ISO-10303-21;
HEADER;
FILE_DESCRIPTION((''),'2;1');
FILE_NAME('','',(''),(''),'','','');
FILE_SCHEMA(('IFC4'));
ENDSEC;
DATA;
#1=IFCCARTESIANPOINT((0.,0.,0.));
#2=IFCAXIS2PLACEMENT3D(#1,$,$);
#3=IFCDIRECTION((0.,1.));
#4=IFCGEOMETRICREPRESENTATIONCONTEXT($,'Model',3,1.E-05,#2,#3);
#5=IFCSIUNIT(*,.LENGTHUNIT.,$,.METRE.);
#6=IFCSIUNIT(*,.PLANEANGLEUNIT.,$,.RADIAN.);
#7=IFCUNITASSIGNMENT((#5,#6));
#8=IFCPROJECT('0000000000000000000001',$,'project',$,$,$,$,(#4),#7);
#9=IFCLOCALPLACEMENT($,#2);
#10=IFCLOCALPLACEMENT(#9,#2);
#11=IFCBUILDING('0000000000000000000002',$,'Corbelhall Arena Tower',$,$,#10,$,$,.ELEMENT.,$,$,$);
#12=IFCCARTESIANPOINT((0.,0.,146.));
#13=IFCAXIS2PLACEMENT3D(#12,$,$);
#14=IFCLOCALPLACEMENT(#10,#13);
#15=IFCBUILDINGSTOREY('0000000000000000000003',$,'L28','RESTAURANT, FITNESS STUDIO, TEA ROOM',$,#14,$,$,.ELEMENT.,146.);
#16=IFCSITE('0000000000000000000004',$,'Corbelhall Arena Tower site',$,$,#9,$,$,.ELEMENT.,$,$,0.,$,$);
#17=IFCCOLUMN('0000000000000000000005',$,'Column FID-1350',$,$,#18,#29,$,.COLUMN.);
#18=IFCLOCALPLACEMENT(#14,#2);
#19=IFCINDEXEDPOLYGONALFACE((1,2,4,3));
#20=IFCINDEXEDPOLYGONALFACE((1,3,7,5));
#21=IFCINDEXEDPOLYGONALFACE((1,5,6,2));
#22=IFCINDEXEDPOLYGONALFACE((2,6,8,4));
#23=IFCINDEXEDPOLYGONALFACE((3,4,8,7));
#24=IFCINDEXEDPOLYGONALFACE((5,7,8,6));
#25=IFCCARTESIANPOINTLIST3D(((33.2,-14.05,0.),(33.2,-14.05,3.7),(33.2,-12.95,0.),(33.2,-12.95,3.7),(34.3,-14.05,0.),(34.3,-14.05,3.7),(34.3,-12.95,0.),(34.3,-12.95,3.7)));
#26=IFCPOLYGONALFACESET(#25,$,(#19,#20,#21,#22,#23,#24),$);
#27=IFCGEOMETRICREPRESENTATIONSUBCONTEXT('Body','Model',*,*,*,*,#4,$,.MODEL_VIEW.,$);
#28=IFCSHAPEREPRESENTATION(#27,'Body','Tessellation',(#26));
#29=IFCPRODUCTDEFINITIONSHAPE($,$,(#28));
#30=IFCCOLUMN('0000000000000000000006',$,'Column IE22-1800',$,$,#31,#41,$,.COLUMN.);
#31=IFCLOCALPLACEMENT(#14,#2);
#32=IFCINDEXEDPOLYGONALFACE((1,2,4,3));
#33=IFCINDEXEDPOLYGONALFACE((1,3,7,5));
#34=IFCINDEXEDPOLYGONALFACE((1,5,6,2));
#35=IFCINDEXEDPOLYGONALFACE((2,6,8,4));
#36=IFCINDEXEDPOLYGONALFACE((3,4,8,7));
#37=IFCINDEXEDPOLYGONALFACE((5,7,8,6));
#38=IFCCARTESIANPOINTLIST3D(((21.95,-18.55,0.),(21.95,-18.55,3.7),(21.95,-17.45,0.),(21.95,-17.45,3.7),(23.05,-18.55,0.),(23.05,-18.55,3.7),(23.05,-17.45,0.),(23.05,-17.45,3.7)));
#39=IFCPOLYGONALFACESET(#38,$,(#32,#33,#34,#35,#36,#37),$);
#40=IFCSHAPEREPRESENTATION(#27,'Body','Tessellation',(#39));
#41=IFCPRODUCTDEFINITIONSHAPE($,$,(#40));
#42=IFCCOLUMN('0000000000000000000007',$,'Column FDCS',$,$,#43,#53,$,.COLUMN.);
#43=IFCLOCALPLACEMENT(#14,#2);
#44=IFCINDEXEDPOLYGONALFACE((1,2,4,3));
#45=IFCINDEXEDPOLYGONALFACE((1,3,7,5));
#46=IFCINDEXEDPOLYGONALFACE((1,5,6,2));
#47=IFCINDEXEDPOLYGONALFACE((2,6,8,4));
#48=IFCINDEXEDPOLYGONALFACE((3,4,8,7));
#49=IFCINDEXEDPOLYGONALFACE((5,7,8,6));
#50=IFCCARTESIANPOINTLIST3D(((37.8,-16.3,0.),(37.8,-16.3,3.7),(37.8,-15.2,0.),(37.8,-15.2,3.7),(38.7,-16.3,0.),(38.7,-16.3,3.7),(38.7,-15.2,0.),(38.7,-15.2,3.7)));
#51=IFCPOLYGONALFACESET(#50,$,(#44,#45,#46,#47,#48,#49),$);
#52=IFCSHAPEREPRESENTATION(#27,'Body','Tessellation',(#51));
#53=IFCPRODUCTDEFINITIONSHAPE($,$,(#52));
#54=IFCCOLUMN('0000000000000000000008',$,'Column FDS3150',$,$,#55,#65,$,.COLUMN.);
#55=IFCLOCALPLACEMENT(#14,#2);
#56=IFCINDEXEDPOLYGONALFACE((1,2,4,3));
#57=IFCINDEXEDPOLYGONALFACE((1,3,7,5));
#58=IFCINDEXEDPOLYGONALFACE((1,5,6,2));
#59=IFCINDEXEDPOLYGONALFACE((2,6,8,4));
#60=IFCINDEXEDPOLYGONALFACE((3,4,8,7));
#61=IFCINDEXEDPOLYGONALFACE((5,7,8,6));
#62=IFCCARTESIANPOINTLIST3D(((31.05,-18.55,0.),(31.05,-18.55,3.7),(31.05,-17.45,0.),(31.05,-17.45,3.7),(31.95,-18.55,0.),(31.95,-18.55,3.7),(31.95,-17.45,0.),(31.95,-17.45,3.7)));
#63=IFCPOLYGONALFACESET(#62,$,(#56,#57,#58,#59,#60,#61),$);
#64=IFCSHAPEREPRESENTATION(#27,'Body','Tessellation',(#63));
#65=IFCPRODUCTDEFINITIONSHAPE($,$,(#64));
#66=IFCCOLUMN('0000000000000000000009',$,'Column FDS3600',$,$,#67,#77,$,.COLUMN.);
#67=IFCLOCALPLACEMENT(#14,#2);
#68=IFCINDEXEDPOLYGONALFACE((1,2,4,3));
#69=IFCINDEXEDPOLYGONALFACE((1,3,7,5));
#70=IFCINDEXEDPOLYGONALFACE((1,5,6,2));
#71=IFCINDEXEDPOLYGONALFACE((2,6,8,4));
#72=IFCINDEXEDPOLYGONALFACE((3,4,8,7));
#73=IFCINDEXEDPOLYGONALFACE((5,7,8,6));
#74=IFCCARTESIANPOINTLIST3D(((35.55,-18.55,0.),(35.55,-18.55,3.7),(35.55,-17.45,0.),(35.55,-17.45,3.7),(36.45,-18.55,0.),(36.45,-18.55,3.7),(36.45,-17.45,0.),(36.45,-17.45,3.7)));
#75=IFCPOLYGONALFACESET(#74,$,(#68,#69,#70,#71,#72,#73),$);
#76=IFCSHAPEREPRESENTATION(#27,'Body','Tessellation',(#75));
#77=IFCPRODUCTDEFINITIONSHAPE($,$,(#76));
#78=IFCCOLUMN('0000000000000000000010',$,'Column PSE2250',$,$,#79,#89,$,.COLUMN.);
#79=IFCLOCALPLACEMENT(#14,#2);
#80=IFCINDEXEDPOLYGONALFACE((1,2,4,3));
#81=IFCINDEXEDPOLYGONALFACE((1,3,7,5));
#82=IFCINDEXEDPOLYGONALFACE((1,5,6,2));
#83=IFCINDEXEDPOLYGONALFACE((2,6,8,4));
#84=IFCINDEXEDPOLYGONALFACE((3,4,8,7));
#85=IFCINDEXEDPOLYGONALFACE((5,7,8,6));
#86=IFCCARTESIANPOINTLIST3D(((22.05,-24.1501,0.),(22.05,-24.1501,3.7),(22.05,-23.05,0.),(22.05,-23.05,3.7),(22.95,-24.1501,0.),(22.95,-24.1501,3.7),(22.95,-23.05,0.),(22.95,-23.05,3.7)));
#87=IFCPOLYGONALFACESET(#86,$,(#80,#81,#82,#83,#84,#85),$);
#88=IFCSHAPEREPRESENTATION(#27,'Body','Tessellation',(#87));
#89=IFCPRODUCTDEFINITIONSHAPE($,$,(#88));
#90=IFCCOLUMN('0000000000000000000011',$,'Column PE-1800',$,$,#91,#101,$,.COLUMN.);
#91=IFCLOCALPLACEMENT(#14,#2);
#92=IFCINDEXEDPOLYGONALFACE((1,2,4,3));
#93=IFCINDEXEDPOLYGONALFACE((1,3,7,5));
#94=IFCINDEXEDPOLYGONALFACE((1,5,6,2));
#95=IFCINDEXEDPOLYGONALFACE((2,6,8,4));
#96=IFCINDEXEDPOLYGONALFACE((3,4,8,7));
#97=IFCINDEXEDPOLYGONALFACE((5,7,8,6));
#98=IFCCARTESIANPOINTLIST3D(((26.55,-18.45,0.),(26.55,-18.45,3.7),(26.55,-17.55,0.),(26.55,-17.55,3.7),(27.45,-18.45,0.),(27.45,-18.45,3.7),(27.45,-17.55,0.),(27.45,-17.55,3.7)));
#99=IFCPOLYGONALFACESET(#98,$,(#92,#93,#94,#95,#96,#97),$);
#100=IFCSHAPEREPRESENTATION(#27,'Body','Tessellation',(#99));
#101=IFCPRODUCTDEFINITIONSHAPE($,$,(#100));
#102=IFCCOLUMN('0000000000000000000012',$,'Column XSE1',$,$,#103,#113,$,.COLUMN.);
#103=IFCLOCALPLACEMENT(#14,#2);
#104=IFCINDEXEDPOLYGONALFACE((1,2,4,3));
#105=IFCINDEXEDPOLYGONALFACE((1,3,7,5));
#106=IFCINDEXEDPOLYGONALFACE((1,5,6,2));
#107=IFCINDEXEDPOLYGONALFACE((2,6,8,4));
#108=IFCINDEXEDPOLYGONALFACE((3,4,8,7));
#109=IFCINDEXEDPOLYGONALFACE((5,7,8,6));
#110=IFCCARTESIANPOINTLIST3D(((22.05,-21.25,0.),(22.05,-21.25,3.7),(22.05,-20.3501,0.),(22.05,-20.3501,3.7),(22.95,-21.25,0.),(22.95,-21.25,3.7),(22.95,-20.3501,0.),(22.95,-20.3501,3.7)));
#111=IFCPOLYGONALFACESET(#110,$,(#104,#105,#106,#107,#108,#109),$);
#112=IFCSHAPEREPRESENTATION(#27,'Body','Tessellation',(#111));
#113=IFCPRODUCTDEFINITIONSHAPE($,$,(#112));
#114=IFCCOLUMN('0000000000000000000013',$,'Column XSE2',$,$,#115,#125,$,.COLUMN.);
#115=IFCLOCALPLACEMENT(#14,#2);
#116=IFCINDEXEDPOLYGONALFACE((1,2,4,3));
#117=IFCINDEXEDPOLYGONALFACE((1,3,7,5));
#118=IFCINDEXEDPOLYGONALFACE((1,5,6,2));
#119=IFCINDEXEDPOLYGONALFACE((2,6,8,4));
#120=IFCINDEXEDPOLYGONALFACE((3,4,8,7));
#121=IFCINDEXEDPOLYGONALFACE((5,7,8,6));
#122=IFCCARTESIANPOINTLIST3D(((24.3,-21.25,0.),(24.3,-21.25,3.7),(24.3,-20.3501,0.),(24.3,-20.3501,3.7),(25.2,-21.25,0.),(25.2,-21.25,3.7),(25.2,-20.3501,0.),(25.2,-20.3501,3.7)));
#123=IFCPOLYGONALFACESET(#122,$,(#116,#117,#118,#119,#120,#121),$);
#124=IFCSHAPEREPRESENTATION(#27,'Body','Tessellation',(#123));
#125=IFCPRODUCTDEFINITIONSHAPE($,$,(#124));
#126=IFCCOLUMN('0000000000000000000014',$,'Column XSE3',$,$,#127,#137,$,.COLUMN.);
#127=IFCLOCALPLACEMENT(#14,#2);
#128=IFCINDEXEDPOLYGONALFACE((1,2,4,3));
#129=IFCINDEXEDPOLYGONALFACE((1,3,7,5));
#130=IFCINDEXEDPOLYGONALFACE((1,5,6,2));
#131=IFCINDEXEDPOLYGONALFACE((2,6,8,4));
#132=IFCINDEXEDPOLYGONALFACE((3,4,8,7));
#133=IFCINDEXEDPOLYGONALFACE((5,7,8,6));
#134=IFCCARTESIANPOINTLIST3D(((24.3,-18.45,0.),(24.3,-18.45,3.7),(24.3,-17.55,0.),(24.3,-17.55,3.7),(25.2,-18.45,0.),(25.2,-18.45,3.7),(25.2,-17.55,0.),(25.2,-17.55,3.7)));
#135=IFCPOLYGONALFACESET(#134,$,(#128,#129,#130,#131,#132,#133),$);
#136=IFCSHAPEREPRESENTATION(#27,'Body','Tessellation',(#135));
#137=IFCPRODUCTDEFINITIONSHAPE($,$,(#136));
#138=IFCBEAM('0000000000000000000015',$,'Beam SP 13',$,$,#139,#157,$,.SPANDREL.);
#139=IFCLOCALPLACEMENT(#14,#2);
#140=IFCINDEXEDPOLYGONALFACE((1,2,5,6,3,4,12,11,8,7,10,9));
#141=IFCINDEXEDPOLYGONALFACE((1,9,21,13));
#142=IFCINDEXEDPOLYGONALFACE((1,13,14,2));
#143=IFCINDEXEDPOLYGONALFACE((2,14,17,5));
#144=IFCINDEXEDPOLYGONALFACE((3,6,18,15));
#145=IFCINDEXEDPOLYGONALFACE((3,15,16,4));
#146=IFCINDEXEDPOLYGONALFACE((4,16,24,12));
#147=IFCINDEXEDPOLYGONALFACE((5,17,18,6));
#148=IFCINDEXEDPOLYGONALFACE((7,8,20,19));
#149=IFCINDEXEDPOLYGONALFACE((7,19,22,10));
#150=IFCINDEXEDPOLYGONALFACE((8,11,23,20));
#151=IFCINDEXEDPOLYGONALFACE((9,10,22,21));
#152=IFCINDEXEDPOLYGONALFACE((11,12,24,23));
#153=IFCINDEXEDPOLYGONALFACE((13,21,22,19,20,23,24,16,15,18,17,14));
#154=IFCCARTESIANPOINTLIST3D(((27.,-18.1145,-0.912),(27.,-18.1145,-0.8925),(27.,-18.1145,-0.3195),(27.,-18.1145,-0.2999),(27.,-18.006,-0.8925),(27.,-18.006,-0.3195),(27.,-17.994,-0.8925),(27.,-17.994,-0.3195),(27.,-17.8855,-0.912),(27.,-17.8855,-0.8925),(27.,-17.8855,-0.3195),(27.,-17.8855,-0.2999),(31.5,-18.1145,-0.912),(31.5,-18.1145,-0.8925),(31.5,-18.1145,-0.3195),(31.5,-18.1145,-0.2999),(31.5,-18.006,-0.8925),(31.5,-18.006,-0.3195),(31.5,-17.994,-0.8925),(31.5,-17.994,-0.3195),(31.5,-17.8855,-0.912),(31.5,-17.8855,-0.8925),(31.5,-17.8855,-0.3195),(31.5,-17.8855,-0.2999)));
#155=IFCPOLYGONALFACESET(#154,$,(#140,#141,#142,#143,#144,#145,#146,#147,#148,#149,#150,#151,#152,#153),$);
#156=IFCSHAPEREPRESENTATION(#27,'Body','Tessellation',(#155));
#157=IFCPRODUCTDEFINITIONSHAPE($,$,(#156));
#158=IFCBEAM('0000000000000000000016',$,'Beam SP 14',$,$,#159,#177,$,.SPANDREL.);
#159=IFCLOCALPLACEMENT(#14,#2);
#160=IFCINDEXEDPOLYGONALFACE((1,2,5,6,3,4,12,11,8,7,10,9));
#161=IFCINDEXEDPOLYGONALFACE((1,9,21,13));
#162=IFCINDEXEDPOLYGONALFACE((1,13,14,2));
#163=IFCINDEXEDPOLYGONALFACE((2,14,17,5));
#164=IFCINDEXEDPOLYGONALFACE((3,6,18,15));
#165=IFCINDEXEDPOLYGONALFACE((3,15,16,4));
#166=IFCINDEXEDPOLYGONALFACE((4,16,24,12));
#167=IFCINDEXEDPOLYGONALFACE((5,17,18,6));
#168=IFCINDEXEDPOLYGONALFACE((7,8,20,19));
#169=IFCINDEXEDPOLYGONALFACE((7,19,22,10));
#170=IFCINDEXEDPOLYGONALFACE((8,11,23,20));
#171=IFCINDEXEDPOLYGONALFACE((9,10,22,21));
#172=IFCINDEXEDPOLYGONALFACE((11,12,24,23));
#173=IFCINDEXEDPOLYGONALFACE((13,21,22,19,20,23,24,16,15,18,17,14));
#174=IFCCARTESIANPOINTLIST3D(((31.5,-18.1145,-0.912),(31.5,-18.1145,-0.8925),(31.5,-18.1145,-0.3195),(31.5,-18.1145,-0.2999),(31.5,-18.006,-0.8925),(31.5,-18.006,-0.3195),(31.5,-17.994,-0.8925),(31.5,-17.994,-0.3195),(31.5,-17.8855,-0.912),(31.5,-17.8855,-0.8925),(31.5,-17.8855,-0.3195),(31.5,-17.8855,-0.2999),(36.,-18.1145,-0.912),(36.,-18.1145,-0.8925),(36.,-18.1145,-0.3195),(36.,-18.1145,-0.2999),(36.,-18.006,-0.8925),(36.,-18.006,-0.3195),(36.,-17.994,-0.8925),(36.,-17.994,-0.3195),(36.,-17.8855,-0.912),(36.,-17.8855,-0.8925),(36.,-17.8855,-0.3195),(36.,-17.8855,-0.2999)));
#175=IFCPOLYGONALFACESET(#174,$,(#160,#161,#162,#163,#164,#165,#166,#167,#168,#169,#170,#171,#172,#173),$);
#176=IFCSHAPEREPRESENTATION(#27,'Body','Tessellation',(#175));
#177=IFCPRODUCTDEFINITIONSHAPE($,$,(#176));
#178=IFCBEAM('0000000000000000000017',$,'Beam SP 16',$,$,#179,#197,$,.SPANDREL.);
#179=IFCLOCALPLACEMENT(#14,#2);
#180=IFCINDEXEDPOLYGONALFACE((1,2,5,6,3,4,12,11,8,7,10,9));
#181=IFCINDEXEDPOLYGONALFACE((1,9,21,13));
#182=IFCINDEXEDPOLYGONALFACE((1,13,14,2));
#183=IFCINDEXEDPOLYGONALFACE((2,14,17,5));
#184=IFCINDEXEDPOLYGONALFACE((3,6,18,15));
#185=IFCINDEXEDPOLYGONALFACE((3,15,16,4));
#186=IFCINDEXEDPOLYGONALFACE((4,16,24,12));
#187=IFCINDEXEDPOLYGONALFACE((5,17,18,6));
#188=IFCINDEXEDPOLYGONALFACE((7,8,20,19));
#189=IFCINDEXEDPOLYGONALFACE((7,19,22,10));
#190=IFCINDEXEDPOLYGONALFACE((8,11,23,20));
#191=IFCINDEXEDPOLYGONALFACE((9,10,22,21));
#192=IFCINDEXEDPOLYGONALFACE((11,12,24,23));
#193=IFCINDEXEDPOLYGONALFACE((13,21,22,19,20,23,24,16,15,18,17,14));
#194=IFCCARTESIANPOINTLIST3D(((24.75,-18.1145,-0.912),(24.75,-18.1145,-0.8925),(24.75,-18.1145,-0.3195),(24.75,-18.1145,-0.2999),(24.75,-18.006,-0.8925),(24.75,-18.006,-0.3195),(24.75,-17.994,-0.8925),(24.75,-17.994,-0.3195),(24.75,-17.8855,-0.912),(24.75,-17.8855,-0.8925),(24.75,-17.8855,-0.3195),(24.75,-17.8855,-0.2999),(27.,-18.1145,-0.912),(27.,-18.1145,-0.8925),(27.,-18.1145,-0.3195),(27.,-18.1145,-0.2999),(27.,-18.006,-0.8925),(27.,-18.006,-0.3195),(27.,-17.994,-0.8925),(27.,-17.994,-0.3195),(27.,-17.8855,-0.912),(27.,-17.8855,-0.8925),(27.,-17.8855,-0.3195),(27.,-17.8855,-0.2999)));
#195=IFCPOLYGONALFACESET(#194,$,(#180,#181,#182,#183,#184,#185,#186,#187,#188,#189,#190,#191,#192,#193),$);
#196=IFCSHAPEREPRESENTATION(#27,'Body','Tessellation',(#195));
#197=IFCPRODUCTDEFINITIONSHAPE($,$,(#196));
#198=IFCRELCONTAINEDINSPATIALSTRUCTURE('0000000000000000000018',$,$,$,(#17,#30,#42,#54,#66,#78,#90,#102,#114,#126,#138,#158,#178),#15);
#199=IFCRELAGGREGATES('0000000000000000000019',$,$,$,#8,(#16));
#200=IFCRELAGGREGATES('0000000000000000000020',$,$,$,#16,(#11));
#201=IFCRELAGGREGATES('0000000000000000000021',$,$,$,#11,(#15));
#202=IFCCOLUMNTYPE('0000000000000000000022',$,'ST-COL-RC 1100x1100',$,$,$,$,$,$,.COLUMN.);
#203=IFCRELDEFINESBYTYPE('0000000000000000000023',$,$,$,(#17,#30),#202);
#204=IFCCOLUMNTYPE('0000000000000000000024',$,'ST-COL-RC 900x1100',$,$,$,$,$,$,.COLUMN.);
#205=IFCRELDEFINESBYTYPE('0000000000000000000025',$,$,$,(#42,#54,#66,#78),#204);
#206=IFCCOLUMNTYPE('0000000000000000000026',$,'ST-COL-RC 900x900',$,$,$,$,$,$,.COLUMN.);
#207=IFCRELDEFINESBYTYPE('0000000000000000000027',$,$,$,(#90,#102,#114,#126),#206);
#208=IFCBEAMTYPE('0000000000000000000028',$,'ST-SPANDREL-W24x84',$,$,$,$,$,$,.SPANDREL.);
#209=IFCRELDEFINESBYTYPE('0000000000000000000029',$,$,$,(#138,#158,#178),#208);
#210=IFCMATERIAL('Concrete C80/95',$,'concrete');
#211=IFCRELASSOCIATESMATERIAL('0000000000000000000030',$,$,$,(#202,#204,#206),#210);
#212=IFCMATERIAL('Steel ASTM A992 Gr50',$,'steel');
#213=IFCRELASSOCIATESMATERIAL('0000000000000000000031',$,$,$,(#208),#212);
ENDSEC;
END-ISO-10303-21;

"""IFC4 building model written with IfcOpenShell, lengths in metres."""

from ifc_helpers import new_model, si_unit, direction, frame, origin, origin_2d, place, context, subcontext, project, spatial, rectangle, i_section, extrude, material, material_profile, profile_set, type_object, element, save


model = new_model("IFC4")

# Units and contexts
model_context = context("Model", 3, precision=1e-05, world=origin(), true_north=direction((0.0, 1.0)))
body_context = subcontext(model_context, "Body", "Model", "MODEL_VIEW")
ifc_project = project(units=[si_unit("LENGTHUNIT", "METRE"), si_unit("PLANEANGLEUNIT", "RADIAN")], contexts=[model_context])

# Site, building, storey
site_placement = place(None, origin())
site = spatial("IfcSite", under=ifc_project, at=site_placement, Name="Corbelhall Arena Tower site", CompositionType="ELEMENT", RefElevation=0.0)
building_placement = place(site_placement, origin())
building = spatial("IfcBuilding", under=site, at=building_placement, Name="Corbelhall Arena Tower", CompositionType="ELEMENT")
storey_placement = place(building_placement, frame((0.0, 0.0, 146.0)))
storey = spatial("IfcBuildingStorey", under=building, at=storey_placement, Name="L28", Description="RESTAURANT, FITNESS STUDIO, TEA ROOM", CompositionType="ELEMENT", Elevation=146.0)

# Columns
ifc_material_1 = material(Name="Concrete C80/95", Category="concrete")
ifc_material_profile_1 = material_profile(ifc_material_1, rectangle(XDim=1.1001, YDim=1.1001, at=origin_2d()))
ifc_profile_set_1 = profile_set([ifc_material_profile_1], Name="Concrete C80/95")
column_type_1 = type_object("IfcColumnType", Name="ST-COL-RC 1100x1100", PredefinedType="COLUMN", material=ifc_profile_set_1)
for number, where, z_axis, x_axis, name in (
    (1, (33.75, -13.5, 0.0), (0.0, 0.0, 1.0), (1.0, 0.0, 0.0), "Column FID-1350"),
    (2, (22.5, -18.0, 0.0), (0.0, 0.0, 1.0), (1.0, 0.0, 0.0), "Column IE22-1800"),
):
    element("IfcColumn", number, at=place(storey_placement, frame(where, z_axis=z_axis, x_axis=x_axis)), inside=storey, type_object=column_type_1, Name=name, PredefinedType="COLUMN", context=body_context, shape_type="SweptSolid", body=[
        extrude(rectangle(XDim=1.1001, YDim=1.1001, at=origin_2d()), origin(), (0.0, 0.0, 1.0), 3.7),
    ])
ifc_material_profile_2 = material_profile(ifc_material_1, rectangle(XDim=0.8999, YDim=1.1001, at=origin_2d()))
ifc_profile_set_2 = profile_set([ifc_material_profile_2], Name="Concrete C80/95")
column_type_2 = type_object("IfcColumnType", Name="ST-COL-RC 900x1100", PredefinedType="COLUMN", material=ifc_profile_set_2)
for number, where, z_axis, x_axis, name in (
    (3, (38.25, -15.75, 0.0), (0.0, 0.0, 1.0), (1.0, 0.0, 0.0), "Column FDCS"),
    (4, (31.5, -18.0, 0.0), (0.0, 0.0, 1.0), (1.0, 0.0, 0.0), "Column FDS3150"),
    (5, (36.0, -18.0, 0.0), (0.0, 0.0, 1.0), (1.0, 0.0, 0.0), "Column FDS3600"),
    (6, (22.5, -23.6001, 0.0), (0.0, 0.0, 1.0), (1.0, 0.0, 0.0), "Column PSE2250"),
):
    element("IfcColumn", number, at=place(storey_placement, frame(where, z_axis=z_axis, x_axis=x_axis)), inside=storey, type_object=column_type_2, Name=name, PredefinedType="COLUMN", context=body_context, shape_type="SweptSolid", body=[
        extrude(rectangle(XDim=0.8999, YDim=1.1001, at=origin_2d()), origin(), (0.0, 0.0, 1.0), 3.7),
    ])
ifc_material_profile_3 = material_profile(ifc_material_1, rectangle(XDim=0.8999, YDim=0.8999, at=origin_2d()))
ifc_profile_set_3 = profile_set([ifc_material_profile_3], Name="Concrete C80/95")
column_type_3 = type_object("IfcColumnType", Name="ST-COL-RC 900x900", PredefinedType="COLUMN", material=ifc_profile_set_3)
for number, where, z_axis, x_axis, name in (
    (7, (27.0, -18.0, 0.0), (0.0, 0.0, 1.0), (1.0, 0.0, 0.0), "Column PE-1800"),
    (8, (22.5, -20.8, 0.0), (0.0, 0.0, 1.0), (1.0, 0.0, 0.0), "Column XSE1"),
    (9, (24.75, -20.8, 0.0), (0.0, 0.0, 1.0), (1.0, 0.0, 0.0), "Column XSE2"),
    (10, (24.75, -18.0, 0.0), (0.0, 0.0, 1.0), (1.0, 0.0, 0.0), "Column XSE3"),
):
    element("IfcColumn", number, at=place(storey_placement, frame(where, z_axis=z_axis, x_axis=x_axis)), inside=storey, type_object=column_type_3, Name=name, PredefinedType="COLUMN", context=body_context, shape_type="SweptSolid", body=[
        extrude(rectangle(XDim=0.8999, YDim=0.8999, at=origin_2d()), origin(), (0.0, 0.0, 1.0), 3.7),
    ])

# Beams
ifc_material_2 = material(Name="Steel ASTM A992 Gr50", Category="steel")
ifc_material_profile_4 = material_profile(ifc_material_2, i_section(OverallWidth=0.229, OverallDepth=0.6121, WebThickness=0.012, FlangeThickness=0.0195, at=origin_2d()))
ifc_profile_set_4 = profile_set([ifc_material_profile_4], Name="Steel ASTM A992 Gr50")
beam_type = type_object("IfcBeamType", Name="ST-SPANDREL-W24x84", PredefinedType="SPANDREL", material=ifc_profile_set_4)
for number, where, z_axis, x_axis, name in (
    (11, (31.5, -18.0, -0.606), (-1.0, 0.0, 0.0), (0.0, -1.0, 0.0), "Beam SP 13"),
    (12, (36.0, -18.0, -0.606), (-1.0, 0.0, 0.0), (0.0, -1.0, 0.0), "Beam SP 14"),
):
    element("IfcBeam", number, at=place(storey_placement, frame(where, z_axis=z_axis, x_axis=x_axis)), inside=storey, type_object=beam_type, Name=name, PredefinedType="SPANDREL", context=body_context, shape_type="SweptSolid", body=[
        extrude(i_section(OverallWidth=0.229, OverallDepth=0.6121, WebThickness=0.012, FlangeThickness=0.0195, at=origin_2d()), origin(), (0.0, 0.0, 1.0), 4.5),
    ])
beam_1_placement = place(storey_placement, frame((27.0, -18.0, -0.606), z_axis=(-1.0, 0.0, 0.0), x_axis=(0.0, -1.0, 0.0)))
element("IfcBeam", 13, at=beam_1_placement, inside=storey, type_object=beam_type, Name="Beam SP 16", PredefinedType="SPANDREL", context=body_context, shape_type="SweptSolid", body=[
    extrude(i_section(OverallWidth=0.229, OverallDepth=0.6121, WebThickness=0.012, FlangeThickness=0.0195, at=origin_2d()), origin(), (0.0, 0.0, 1.0), 2.25),
])

save(model, "model.ifc")
